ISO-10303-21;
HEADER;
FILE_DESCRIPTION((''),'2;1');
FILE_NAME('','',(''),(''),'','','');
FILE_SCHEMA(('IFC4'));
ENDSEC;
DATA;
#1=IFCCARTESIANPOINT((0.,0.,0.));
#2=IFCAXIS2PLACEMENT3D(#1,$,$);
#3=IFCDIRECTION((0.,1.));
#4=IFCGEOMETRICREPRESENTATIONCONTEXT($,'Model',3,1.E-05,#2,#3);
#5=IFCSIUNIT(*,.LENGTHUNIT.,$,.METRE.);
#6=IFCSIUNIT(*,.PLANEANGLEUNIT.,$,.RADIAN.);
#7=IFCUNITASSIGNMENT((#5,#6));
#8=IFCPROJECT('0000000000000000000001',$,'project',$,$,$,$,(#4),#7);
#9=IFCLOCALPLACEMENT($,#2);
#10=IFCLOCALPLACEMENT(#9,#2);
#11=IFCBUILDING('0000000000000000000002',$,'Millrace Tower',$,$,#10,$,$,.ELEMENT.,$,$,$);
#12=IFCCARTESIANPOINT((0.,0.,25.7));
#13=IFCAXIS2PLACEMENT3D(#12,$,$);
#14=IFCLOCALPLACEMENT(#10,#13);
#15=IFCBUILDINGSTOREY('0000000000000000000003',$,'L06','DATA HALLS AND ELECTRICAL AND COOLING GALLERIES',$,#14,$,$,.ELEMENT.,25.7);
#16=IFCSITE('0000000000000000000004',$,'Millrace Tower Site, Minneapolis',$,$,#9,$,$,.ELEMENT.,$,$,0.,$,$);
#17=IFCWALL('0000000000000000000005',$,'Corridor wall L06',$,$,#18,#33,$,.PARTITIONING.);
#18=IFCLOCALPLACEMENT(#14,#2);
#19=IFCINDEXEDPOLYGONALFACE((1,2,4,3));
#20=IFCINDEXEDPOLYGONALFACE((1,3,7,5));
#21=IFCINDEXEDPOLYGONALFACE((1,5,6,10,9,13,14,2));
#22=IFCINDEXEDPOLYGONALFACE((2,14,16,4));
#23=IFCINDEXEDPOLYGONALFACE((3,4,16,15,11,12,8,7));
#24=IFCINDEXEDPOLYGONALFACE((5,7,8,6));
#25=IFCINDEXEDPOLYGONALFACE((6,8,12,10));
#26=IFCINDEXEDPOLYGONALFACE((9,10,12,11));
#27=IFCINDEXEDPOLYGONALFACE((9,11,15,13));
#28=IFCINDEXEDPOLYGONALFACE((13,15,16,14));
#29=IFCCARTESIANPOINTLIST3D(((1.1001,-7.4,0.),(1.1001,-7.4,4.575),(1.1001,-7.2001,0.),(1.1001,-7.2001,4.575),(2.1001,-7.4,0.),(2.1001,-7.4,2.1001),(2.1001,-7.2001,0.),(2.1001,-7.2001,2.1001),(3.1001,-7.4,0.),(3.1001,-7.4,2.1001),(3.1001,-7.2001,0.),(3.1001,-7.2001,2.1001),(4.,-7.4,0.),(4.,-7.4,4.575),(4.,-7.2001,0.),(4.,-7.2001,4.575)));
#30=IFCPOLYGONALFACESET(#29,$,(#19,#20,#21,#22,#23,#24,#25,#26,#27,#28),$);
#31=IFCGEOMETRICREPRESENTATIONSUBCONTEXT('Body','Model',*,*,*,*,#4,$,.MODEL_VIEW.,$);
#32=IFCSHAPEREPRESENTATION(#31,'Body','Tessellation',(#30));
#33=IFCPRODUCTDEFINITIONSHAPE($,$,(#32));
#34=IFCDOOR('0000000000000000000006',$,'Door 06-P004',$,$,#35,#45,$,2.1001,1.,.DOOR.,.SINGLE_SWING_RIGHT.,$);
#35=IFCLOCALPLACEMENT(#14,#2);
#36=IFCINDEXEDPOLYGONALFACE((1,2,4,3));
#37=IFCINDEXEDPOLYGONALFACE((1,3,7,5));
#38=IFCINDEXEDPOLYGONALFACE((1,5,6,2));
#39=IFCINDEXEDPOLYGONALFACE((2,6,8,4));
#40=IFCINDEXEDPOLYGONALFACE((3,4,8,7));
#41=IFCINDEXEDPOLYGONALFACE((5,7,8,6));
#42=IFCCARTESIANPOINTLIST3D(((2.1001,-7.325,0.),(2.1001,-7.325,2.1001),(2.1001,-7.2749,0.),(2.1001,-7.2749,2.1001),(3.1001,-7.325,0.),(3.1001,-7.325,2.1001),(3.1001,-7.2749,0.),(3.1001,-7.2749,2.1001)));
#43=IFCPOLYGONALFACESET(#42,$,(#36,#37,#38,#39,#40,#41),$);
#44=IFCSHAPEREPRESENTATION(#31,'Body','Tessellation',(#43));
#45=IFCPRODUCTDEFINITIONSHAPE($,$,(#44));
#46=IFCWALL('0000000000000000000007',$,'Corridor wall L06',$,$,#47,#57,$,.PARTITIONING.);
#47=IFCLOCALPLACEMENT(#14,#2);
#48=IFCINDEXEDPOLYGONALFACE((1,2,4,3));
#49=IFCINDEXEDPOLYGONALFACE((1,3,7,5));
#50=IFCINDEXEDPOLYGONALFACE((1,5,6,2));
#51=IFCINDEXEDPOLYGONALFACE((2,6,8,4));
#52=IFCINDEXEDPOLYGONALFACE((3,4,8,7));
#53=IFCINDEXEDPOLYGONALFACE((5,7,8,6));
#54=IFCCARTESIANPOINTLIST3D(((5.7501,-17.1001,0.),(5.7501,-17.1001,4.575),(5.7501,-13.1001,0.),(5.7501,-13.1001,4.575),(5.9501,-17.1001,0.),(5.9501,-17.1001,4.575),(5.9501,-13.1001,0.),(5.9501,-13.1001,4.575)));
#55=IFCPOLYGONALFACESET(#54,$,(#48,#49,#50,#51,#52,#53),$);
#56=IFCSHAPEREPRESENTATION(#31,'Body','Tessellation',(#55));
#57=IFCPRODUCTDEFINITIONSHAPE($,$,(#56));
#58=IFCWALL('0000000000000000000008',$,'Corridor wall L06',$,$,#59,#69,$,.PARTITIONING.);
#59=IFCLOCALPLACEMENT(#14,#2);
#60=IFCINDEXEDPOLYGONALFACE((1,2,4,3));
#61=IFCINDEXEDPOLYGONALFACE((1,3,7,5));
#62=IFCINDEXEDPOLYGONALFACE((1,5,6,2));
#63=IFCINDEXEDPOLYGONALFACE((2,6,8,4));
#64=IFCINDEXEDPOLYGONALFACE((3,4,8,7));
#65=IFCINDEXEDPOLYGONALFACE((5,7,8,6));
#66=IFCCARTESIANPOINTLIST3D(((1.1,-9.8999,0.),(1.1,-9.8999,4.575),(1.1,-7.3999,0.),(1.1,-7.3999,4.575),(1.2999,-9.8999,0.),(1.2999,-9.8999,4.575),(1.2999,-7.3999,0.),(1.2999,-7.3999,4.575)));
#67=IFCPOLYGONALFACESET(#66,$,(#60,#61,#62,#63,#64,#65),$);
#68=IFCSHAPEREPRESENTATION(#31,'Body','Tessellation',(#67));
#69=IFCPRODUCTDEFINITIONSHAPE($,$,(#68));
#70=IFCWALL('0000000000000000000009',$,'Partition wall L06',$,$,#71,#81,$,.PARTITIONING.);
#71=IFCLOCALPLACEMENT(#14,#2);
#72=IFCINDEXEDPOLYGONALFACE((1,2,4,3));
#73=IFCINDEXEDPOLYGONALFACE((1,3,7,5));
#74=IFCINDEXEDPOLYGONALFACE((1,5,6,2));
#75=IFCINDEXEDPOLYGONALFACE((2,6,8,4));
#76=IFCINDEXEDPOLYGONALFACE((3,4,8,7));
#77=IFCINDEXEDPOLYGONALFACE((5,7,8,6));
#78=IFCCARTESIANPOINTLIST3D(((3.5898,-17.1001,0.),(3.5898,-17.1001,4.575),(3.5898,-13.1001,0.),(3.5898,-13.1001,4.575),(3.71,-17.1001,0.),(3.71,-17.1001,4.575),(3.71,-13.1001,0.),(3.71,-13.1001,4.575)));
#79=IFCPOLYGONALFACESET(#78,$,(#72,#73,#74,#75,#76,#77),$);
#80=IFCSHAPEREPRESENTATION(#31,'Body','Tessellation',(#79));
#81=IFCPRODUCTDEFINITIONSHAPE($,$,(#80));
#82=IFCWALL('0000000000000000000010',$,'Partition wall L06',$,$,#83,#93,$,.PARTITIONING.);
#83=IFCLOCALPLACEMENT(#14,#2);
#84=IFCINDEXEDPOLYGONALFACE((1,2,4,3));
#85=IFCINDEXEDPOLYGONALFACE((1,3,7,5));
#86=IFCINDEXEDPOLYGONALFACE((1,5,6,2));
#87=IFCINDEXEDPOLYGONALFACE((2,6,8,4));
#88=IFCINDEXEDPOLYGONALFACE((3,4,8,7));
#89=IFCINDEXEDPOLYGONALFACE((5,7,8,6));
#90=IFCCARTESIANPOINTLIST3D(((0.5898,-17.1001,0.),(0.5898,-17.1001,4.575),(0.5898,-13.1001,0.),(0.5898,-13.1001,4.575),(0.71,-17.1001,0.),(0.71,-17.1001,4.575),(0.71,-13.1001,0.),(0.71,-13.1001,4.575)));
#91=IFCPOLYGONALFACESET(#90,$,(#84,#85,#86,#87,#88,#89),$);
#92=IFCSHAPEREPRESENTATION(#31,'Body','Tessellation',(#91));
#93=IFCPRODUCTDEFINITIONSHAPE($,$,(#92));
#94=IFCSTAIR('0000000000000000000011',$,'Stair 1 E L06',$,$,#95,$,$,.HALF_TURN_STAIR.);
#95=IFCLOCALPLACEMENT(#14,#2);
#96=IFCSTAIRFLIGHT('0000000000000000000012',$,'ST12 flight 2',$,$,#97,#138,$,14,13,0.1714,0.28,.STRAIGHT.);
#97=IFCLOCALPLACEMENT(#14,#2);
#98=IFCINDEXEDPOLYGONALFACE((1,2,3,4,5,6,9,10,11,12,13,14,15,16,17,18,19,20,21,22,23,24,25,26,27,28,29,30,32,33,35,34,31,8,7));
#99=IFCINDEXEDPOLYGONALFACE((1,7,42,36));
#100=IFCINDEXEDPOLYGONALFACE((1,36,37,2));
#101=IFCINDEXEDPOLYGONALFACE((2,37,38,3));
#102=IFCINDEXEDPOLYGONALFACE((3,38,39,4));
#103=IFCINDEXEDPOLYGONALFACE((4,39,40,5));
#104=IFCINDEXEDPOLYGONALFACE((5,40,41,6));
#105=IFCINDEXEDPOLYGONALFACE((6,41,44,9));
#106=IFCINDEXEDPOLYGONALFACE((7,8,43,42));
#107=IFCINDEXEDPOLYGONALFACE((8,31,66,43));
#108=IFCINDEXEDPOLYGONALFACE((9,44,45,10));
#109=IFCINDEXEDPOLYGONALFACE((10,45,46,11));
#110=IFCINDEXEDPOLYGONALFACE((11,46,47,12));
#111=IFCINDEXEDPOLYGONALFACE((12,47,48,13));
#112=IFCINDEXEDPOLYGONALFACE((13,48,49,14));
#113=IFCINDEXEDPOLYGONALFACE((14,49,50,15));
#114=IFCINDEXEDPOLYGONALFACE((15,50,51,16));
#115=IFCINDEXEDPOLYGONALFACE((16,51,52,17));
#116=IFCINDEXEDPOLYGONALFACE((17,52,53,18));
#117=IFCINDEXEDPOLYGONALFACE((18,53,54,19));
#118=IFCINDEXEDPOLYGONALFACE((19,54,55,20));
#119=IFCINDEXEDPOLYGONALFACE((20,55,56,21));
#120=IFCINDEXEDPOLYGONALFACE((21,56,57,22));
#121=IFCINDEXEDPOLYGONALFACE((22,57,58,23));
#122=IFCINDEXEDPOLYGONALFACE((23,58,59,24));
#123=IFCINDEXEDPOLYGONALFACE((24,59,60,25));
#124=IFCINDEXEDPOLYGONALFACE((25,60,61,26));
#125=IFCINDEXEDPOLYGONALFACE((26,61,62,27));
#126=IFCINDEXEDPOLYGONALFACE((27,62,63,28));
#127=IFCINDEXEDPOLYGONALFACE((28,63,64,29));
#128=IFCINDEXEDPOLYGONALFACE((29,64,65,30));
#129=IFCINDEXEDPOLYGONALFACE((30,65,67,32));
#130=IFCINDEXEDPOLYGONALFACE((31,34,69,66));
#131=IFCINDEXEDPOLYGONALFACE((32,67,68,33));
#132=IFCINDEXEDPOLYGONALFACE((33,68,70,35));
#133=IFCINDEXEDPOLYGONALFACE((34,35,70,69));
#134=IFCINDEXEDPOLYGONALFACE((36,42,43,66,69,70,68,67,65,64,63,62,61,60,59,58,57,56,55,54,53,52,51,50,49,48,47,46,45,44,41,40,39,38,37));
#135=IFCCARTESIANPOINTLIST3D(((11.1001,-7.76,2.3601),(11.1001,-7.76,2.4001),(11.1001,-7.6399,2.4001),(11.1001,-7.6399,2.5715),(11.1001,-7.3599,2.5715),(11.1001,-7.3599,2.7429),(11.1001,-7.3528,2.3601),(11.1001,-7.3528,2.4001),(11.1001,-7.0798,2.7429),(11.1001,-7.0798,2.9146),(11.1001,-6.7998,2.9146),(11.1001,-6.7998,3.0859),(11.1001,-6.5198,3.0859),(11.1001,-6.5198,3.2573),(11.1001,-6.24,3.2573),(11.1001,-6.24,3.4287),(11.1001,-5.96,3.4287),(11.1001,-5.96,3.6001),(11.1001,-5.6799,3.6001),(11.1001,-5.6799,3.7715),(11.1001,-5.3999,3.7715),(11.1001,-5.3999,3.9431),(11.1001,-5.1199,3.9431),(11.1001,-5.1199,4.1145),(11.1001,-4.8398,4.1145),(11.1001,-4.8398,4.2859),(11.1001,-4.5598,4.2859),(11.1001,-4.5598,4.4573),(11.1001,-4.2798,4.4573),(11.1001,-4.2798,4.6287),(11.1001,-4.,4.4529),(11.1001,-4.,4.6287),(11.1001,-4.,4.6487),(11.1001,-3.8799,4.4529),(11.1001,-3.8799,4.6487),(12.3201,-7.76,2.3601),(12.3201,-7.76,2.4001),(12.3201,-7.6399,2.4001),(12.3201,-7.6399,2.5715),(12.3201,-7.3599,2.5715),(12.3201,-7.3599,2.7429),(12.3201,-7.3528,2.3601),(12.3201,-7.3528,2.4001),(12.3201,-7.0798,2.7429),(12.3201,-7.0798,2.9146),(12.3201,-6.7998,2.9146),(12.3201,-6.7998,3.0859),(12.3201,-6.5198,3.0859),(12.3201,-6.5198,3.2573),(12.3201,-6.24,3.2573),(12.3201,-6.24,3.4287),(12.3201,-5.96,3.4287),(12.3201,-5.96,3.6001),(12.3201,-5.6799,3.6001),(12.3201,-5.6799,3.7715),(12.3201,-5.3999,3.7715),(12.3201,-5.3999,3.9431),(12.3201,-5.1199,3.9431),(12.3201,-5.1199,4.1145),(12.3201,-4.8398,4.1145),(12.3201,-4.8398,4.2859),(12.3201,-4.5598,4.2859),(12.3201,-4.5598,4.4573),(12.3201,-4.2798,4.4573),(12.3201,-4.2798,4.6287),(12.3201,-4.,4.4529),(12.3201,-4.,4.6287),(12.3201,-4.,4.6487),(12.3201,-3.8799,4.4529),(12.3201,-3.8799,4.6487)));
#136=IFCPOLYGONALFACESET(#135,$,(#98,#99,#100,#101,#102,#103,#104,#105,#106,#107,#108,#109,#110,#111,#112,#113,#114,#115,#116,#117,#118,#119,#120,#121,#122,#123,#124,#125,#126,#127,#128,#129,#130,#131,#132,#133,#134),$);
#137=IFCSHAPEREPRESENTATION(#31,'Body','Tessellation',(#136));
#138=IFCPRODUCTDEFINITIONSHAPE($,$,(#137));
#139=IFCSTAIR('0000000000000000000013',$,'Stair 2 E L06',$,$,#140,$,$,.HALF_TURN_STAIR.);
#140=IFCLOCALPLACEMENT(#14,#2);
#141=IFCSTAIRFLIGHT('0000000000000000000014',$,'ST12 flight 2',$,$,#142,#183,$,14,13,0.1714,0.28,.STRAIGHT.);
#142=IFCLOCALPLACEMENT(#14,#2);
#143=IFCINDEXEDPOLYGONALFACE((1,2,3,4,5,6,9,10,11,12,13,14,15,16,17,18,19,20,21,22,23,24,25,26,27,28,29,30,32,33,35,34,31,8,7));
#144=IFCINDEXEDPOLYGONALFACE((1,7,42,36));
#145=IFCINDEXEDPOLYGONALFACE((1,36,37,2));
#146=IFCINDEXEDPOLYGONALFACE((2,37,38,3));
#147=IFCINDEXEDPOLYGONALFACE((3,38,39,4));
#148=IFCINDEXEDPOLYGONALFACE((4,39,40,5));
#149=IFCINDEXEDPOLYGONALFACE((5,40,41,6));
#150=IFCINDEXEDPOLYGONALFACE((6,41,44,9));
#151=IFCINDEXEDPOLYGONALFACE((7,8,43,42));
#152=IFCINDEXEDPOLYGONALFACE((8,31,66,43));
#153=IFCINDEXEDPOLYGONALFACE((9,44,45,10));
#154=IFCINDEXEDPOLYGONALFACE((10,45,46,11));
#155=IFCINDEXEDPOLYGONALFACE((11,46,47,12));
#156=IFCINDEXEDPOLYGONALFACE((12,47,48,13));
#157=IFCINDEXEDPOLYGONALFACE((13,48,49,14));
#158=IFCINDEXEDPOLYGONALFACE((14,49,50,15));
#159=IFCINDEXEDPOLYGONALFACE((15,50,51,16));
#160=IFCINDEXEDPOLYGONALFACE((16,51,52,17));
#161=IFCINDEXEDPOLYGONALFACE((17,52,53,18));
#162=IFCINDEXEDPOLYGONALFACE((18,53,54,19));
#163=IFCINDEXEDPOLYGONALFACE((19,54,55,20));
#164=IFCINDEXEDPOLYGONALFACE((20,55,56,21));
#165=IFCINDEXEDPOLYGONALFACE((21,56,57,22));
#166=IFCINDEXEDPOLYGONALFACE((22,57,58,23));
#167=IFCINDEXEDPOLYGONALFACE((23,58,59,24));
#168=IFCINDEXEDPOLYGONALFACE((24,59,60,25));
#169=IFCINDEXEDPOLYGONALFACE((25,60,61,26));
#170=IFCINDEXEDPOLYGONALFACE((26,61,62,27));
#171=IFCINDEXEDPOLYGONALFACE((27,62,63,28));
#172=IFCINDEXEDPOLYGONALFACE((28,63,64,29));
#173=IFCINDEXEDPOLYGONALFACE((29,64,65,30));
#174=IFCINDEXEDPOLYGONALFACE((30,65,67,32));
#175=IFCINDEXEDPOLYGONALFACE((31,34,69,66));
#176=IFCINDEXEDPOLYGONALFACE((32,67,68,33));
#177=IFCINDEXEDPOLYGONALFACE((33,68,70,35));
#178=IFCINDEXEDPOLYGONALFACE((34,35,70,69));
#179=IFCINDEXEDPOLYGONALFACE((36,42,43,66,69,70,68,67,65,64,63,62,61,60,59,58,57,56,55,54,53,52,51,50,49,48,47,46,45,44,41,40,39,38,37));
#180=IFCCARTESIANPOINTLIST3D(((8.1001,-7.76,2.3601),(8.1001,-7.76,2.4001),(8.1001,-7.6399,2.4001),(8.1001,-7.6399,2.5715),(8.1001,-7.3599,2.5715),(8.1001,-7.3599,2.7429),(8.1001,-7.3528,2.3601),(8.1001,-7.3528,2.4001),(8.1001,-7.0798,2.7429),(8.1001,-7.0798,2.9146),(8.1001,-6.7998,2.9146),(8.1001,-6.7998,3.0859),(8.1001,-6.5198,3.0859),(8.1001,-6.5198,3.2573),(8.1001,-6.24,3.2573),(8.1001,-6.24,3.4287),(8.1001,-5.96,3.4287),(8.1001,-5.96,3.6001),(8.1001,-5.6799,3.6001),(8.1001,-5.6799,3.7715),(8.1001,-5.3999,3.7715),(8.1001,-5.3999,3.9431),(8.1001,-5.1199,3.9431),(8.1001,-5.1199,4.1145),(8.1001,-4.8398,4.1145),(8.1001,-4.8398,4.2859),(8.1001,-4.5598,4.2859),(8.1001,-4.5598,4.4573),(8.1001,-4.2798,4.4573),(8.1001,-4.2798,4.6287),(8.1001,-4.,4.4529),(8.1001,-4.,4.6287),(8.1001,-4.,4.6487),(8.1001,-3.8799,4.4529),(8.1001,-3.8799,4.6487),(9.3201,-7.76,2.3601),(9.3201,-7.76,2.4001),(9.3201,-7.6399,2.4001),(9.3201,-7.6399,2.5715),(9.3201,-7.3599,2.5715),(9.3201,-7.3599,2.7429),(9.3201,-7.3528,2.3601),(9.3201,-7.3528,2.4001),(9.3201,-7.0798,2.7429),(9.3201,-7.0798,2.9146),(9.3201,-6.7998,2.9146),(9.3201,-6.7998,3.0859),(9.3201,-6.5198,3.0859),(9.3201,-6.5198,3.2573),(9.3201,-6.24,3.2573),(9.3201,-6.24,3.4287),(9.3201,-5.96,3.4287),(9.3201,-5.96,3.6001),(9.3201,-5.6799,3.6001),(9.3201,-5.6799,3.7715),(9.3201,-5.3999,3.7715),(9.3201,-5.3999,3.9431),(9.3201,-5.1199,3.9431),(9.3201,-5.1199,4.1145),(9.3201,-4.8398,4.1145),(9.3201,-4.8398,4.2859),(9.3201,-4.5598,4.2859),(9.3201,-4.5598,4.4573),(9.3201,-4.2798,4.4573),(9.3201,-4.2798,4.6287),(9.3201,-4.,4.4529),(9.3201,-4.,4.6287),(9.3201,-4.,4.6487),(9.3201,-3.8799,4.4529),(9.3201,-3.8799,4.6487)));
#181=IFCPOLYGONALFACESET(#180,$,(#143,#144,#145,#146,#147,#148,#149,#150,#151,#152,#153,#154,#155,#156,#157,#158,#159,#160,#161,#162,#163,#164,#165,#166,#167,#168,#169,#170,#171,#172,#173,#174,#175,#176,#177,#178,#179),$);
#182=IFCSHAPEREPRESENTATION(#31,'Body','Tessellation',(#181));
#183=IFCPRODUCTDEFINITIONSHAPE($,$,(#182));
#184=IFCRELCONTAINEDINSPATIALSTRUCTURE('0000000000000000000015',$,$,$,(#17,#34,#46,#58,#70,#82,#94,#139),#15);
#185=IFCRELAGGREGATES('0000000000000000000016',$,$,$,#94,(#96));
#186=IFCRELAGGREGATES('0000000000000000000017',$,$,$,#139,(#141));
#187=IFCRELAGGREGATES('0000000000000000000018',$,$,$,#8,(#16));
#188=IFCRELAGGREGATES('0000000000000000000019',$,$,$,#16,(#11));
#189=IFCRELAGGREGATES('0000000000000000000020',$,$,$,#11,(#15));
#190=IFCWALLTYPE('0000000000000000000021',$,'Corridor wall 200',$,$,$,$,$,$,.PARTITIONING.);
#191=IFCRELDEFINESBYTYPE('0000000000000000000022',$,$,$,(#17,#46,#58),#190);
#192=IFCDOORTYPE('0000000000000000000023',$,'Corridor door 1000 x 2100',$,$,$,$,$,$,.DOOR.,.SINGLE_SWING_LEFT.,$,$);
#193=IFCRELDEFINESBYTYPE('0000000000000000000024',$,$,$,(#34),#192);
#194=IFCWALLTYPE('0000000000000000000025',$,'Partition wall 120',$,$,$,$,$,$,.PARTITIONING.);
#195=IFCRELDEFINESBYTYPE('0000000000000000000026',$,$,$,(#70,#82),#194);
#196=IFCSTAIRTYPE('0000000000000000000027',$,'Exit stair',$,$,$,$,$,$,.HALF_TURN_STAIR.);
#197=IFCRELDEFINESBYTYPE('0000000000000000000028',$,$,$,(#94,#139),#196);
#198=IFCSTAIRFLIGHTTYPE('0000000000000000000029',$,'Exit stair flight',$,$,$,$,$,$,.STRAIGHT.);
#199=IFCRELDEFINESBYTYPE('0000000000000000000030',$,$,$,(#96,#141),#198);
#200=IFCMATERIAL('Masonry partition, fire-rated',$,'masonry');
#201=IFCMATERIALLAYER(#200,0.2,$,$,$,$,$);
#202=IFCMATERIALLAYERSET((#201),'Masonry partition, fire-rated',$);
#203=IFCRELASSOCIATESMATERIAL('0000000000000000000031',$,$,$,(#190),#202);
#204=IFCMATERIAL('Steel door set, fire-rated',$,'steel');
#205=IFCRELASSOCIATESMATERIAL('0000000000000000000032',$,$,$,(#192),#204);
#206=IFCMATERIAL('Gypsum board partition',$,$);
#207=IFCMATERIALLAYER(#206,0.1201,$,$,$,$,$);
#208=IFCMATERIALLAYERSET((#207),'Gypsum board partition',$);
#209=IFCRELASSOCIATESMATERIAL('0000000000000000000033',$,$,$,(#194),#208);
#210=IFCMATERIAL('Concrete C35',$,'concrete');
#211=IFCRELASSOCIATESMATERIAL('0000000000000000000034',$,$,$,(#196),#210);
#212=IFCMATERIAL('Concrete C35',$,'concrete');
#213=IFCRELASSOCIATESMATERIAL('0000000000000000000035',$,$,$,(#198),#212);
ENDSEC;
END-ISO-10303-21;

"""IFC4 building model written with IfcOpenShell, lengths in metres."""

from ifc_helpers import new_model, si_unit, direction, frame, frame_2d, origin, place, context, subcontext, project, spatial, polyline, rectangle, outline, extrude, material, layer, layer_set, type_object, element, fill, aggregate, save


model = new_model("IFC4")

# Units and contexts
model_context = context("Model", 3, precision=1e-05, world=origin(), true_north=direction((0.0, 1.0)))
body_context = subcontext(model_context, "Body", "Model", "MODEL_VIEW")
ifc_project = project(units=[si_unit("LENGTHUNIT", "METRE"), si_unit("PLANEANGLEUNIT", "RADIAN")], contexts=[model_context])

# Site, building, storey
site_placement = place(None, origin())
site = spatial("IfcSite", under=ifc_project, at=site_placement, Name="Millrace Tower Site, Minneapolis", CompositionType="ELEMENT", RefElevation=0.0)
building_placement = place(site_placement, origin())
building = spatial("IfcBuilding", under=site, at=building_placement, Name="Millrace Tower", CompositionType="ELEMENT")
storey_placement = place(building_placement, frame((0.0, 0.0, 25.7)))
storey = spatial("IfcBuildingStorey", under=building, at=storey_placement, Name="L06", Description="DATA HALLS AND ELECTRICAL AND COOLING GALLERIES", CompositionType="ELEMENT", Elevation=25.7)

# Shared definitions
placement = place(storey_placement, origin())

# Shared definitions
ifc_material_1 = material(Name="Masonry partition, fire-rated", Category="masonry")
ifc_layer_1 = layer(ifc_material_1, 0.2)
ifc_layer_set_1 = layer_set([ifc_layer_1], Name="Masonry partition, fire-rated")
wall_type_1 = type_object("IfcWallType", Name="Corridor wall 200", PredefinedType="PARTITIONING", material=ifc_layer_set_1)

# Wall, opening, door
wall_1_placement = place(storey_placement, frame((1.1001, -7.3, 0.0), z_axis=(0.0, 0.0, 1.0), x_axis=(1.0, 0.0, 0.0)))
wall_1 = element("IfcWall", 1, at=wall_1_placement, inside=storey, type_object=wall_type_1, Name="Corridor wall L06", PredefinedType="PARTITIONING", context=body_context, shape_type="SweptSolid", body=[
    extrude(rectangle(XDim=2.8999, YDim=0.2, at=frame_2d((1.45, 0.0))), origin(), (0.0, 0.0, 1.0), 4.575),
])
opening_placement = place(wall_1_placement, frame((1.0, 0.0, 0.0)))
opening = element("IfcOpeningElement", 2, at=opening_placement, cuts=wall_1, PredefinedType="OPENING", context=body_context, shape_type="SweptSolid", body=[
    extrude(rectangle(XDim=1.0, YDim=2.1001, at=frame_2d((0.5, 1.05))), frame((0.0, 0.1099, 0.0), z_axis=(0.0, -1.0, 0.0), x_axis=(1.0, 0.0, 0.0)), (0.0, 0.0, 1.0), 0.22),
])
ifc_material_2 = material(Name="Steel door set, fire-rated", Category="steel")
door_type = type_object("IfcDoorType", Name="Corridor door 1000 x 2100", OperationType="SINGLE_SWING_LEFT", PredefinedType="DOOR", material=ifc_material_2)
door_placement = place(opening_placement, frame((1.0, 0.0, 0.0), z_axis=(0.0, 0.0, 1.0), x_axis=(-1.0, 0.0, 0.0)))
door = element("IfcDoor", 3, at=door_placement, inside=storey, type_object=door_type, Name="Door 06-P004", OperationType="SINGLE_SWING_RIGHT", OverallHeight=2.1001, OverallWidth=1.0, PredefinedType="DOOR", context=body_context, shape_type="SweptSolid", body=[
    extrude(rectangle(XDim=1.0, YDim=2.1001, at=frame_2d((0.5, 1.05))), frame((0.0, 0.0249, 0.0), z_axis=(0.0, -1.0, 0.0), x_axis=(1.0, 0.0, 0.0)), (0.0, 0.0, 1.0), 0.05),
])
fill(opening, door)

# Walls
wall_2_placement = place(storey_placement, frame((5.8501, -17.1001, 0.0), z_axis=(0.0, 0.0, 1.0), x_axis=(0.0, 1.0, 0.0)))
element("IfcWall", 4, at=wall_2_placement, inside=storey, type_object=wall_type_1, Name="Corridor wall L06", PredefinedType="PARTITIONING", context=body_context, shape_type="SweptSolid", body=[
    extrude(rectangle(XDim=4.0, YDim=0.2, at=frame_2d((2.0, 0.0))), origin(), (0.0, 0.0, 1.0), 4.575),
])
wall_3_placement = place(storey_placement, frame((1.2, -9.8999, 0.0), z_axis=(0.0, 0.0, 1.0), x_axis=(0.0, 1.0, 0.0)))
element("IfcWall", 5, at=wall_3_placement, inside=storey, type_object=wall_type_1, Name="Corridor wall L06", PredefinedType="PARTITIONING", context=body_context, shape_type="SweptSolid", body=[
    extrude(rectangle(XDim=2.5, YDim=0.2, at=frame_2d((1.25, 0.0))), origin(), (0.0, 0.0, 1.0), 4.575),
])
ifc_material_3 = material(Name="Gypsum board partition")
ifc_layer_2 = layer(ifc_material_3, 0.1201)
ifc_layer_set_2 = layer_set([ifc_layer_2], Name="Gypsum board partition")
wall_type_2 = type_object("IfcWallType", Name="Partition wall 120", PredefinedType="PARTITIONING", material=ifc_layer_set_2)
for number, where, z_axis, x_axis, name in (
    (6, (3.6499, -17.1001, 0.0), (0.0, 0.0, 1.0), (0.0, 1.0, 0.0), "Partition wall L06"),
    (7, (0.6499, -17.1001, 0.0), (0.0, 0.0, 1.0), (0.0, 1.0, 0.0), "Partition wall L06"),
):
    element("IfcWall", number, at=place(storey_placement, frame(where, z_axis=z_axis, x_axis=x_axis)), inside=storey, type_object=wall_type_2, Name=name, PredefinedType="PARTITIONING", context=body_context, shape_type="SweptSolid", body=[
        extrude(rectangle(XDim=4.0, YDim=0.1201, at=frame_2d((2.0, 0.0))), origin(), (0.0, 0.0, 1.0), 4.575),
    ])

# Stairs, stair flights
ifc_material_4 = material(Name="Concrete C35", Category="concrete")
stair_type = type_object("IfcStairType", Name="Exit stair", PredefinedType="HALF_TURN_STAIR", material=ifc_material_4)
stair_1 = element("IfcStair", 8, at=placement, inside=storey, type_object=stair_type, Name="Stair 1 E L06", PredefinedType="HALF_TURN_STAIR")
ifc_material_5 = material(Name="Concrete C35", Category="concrete")
stair_flight_type = type_object("IfcStairFlightType", Name="Exit stair flight", PredefinedType="STRAIGHT", material=ifc_material_5)
stair_flight_1_placement = place(storey_placement, frame((11.71, -7.6399, 2.4001), z_axis=(0.0, 0.0, 1.0), x_axis=(0.0, 1.0, 0.0)))
stair_flight_1 = element("IfcStairFlight", 9, at=stair_flight_1_placement, type_object=stair_flight_type, Name="ST12 flight 2", NumberOfRisers=14, NumberOfTreads=13, PredefinedType="STRAIGHT", RiserHeight=0.1714, TreadLength=0.28, context=body_context, shape_type="SweptSolid", body=[
    extrude(outline(polyline([(-0.1201, -0.04), (-0.1201, 0.0), (0.0, 0.0), (0.0, 0.1714), (0.28, 0.1714), (0.28, 0.3428), (0.5601, 0.3428), (0.5601, 0.5144), (0.8401, 0.5144), (0.8401, 0.6858), (1.1201, 0.6858), (1.1201, 0.8572), (1.3999, 0.8572), (1.3999, 1.0286), (1.6799, 1.0286), (1.6799, 1.2), (1.96, 1.2), (1.96, 1.3713), (2.24, 1.3713), (2.24, 1.543), (2.52, 1.543), (2.52, 1.7144), (2.8, 1.7144), (2.8, 1.8857), (3.0801, 1.8857), (3.0801, 2.0571), (3.3601, 2.0571), (3.3601, 2.2285), (3.6399, 2.2285), (3.6399, 2.2485), (3.76, 2.2485), (3.76, 2.0527), (3.6399, 2.0527), (0.2871, 0.0), (0.2871, -0.04), (-0.1201, -0.04)])), frame((0.0, 0.6099, 0.0), z_axis=(0.0, -1.0, 0.0), x_axis=(1.0, 0.0, 0.0)), (0.0, 0.0, 1.0), 1.22),
])
aggregate(stair_1, [stair_flight_1])
stair_2 = element("IfcStair", 10, at=placement, inside=storey, type_object=stair_type, Name="Stair 2 E L06", PredefinedType="HALF_TURN_STAIR")
stair_flight_2_placement = place(storey_placement, frame((8.71, -7.6399, 2.4001), z_axis=(0.0, 0.0, 1.0), x_axis=(0.0, 1.0, 0.0)))
stair_flight_2 = element("IfcStairFlight", 11, at=stair_flight_2_placement, type_object=stair_flight_type, Name="ST12 flight 2", NumberOfRisers=14, NumberOfTreads=13, PredefinedType="STRAIGHT", RiserHeight=0.1714, TreadLength=0.28, context=body_context, shape_type="SweptSolid", body=[
    extrude(outline(polyline([(-0.1201, -0.04), (-0.1201, 0.0), (0.0, 0.0), (0.0, 0.1714), (0.28, 0.1714), (0.28, 0.3428), (0.5601, 0.3428), (0.5601, 0.5144), (0.8401, 0.5144), (0.8401, 0.6858), (1.1201, 0.6858), (1.1201, 0.8572), (1.3999, 0.8572), (1.3999, 1.0286), (1.6799, 1.0286), (1.6799, 1.2), (1.96, 1.2), (1.96, 1.3713), (2.24, 1.3713), (2.24, 1.543), (2.52, 1.543), (2.52, 1.7144), (2.8, 1.7144), (2.8, 1.8857), (3.0801, 1.8857), (3.0801, 2.0571), (3.3601, 2.0571), (3.3601, 2.2285), (3.6399, 2.2285), (3.6399, 2.2485), (3.76, 2.2485), (3.76, 2.0527), (3.6399, 2.0527), (0.2871, 0.0), (0.2871, -0.04), (-0.1201, -0.04)])), frame((0.0, 0.6099, 0.0), z_axis=(0.0, -1.0, 0.0), x_axis=(1.0, 0.0, 0.0)), (0.0, 0.0, 1.0), 1.22),
])
aggregate(stair_2, [stair_flight_2])

save(model, "model.ifc")
